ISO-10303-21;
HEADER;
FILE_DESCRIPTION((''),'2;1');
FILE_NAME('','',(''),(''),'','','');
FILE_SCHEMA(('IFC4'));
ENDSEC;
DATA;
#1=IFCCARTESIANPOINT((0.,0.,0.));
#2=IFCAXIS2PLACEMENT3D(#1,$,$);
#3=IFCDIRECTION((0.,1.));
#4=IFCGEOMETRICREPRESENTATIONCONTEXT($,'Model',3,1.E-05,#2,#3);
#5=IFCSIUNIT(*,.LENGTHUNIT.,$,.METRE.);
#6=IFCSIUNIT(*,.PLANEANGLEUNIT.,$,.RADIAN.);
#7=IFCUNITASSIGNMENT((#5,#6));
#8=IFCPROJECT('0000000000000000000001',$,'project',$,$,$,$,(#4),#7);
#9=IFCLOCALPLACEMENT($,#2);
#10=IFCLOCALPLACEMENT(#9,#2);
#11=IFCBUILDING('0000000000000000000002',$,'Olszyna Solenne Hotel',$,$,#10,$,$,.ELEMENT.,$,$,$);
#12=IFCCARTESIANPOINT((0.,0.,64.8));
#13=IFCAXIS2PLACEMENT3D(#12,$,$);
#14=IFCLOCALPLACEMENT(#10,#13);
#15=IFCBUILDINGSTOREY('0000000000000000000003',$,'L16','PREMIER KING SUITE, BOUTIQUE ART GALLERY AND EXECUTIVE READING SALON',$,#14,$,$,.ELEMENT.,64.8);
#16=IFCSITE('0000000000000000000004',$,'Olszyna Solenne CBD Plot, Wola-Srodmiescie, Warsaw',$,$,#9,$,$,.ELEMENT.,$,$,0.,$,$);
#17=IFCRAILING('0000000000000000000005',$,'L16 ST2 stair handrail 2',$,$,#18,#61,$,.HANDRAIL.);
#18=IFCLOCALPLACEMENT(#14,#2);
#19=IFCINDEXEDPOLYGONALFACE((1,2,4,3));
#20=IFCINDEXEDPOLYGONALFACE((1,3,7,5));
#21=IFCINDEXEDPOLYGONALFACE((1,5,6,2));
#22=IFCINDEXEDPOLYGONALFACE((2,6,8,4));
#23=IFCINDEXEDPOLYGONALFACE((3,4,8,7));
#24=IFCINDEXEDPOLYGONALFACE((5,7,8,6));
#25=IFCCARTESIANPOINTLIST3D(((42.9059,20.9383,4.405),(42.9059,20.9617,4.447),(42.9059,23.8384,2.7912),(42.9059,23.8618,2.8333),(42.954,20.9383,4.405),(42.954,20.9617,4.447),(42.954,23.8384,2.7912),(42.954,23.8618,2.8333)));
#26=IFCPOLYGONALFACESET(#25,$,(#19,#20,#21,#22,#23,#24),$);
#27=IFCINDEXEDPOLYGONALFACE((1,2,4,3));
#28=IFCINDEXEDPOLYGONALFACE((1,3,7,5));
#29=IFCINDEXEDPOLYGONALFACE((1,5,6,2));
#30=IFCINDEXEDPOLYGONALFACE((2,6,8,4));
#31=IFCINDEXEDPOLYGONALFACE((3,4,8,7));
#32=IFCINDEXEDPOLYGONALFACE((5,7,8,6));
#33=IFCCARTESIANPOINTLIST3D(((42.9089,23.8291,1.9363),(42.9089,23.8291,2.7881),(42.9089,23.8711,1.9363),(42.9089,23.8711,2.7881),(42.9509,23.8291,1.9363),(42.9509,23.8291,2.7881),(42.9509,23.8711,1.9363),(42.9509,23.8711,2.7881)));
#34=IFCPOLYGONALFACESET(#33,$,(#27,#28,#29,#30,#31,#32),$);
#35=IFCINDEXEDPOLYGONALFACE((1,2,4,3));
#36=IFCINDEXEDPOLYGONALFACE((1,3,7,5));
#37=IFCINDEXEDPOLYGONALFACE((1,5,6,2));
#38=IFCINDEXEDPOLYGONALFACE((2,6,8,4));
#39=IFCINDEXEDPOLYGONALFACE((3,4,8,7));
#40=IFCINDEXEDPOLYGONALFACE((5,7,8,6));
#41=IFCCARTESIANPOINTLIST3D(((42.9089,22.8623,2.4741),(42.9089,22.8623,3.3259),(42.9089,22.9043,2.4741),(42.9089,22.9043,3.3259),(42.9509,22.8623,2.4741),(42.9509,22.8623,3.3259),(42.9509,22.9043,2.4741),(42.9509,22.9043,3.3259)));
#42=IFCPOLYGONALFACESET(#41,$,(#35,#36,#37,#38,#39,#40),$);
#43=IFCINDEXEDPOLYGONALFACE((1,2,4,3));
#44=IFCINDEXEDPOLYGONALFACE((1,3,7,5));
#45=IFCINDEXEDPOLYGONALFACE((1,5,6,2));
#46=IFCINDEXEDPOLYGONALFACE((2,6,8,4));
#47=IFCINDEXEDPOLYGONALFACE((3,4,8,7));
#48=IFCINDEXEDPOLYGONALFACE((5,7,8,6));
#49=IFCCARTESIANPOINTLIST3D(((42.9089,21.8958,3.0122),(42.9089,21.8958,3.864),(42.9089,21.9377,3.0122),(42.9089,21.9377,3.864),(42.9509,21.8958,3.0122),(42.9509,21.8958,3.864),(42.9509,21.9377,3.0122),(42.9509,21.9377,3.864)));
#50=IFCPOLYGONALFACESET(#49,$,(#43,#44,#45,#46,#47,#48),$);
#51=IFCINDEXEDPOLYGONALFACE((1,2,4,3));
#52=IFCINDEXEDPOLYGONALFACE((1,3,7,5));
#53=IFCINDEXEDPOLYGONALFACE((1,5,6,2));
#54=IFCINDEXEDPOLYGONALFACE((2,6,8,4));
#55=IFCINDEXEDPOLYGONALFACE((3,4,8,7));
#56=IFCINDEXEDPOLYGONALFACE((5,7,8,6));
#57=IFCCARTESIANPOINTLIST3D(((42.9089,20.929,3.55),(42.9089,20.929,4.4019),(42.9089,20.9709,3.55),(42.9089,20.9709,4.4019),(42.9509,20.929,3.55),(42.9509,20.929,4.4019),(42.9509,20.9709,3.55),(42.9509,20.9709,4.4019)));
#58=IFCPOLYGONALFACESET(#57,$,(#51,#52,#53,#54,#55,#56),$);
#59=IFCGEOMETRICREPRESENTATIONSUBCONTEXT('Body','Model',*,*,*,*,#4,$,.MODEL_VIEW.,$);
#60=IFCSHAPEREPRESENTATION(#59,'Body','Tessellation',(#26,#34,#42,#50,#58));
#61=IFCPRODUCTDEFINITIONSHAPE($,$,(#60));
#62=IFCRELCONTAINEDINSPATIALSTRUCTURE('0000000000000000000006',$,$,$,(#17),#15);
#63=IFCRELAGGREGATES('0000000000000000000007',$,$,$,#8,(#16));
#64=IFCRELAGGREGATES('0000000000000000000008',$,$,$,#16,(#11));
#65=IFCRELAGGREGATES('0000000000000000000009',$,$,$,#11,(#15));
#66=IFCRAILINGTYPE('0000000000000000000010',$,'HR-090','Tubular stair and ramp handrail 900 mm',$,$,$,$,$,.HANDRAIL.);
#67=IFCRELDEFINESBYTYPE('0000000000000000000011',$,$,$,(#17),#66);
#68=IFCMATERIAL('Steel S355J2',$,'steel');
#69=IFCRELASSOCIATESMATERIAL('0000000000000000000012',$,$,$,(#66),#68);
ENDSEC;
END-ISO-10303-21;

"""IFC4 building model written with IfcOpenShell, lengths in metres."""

from ifc_helpers import new_model, si_unit, direction, frame, origin, origin_2d, place, context, subcontext, project, spatial, rectangle, extrude, material, type_object, element, save


model = new_model("IFC4")

# Units and contexts
model_context = context("Model", 3, precision=1e-05, world=origin(), true_north=direction((0.0, 1.0)))
body_context = subcontext(model_context, "Body", "Model", "MODEL_VIEW")
ifc_project = project(units=[si_unit("LENGTHUNIT", "METRE"), si_unit("PLANEANGLEUNIT", "RADIAN")], contexts=[model_context])

# Site, building, storey
site_placement = place(None, origin())
site = spatial("IfcSite", under=ifc_project, at=site_placement, Name="Olszyna Solenne CBD Plot, Wola-Srodmiescie, Warsaw", CompositionType="ELEMENT", RefElevation=0.0)
building_placement = place(site_placement, origin())
building = spatial("IfcBuilding", under=site, at=building_placement, Name="Olszyna Solenne Hotel", CompositionType="ELEMENT")
storey_placement = place(building_placement, frame((0.0, 0.0, 64.8)))
storey = spatial("IfcBuildingStorey", under=building, at=storey_placement, Name="L16", Description="PREMIER KING SUITE, BOUTIQUE ART GALLERY AND EXECUTIVE READING SALON", CompositionType="ELEMENT", Elevation=64.8)

# Shared definitions
ifc_material_1 = material(Name="Steel S355J2", Category="steel")

# Railing
railing_type_1 = type_object("IfcRailingType", Name="HR-090", Description="Tubular stair and ramp handrail 900 mm", PredefinedType="HANDRAIL", material=ifc_material_1)
railing_1_placement = place(storey_placement, frame((42.9299, 23.8501, 1.9363)))
element("IfcRailing", 1, at=railing_1_placement, inside=storey, type_object=railing_type_1, Name="L16 ST2 stair handrail 2", PredefinedType="HANDRAIL", context=body_context, shape_type="SweptSolid", body=[
    extrude(rectangle(XDim=0.0481, YDim=0.0481, at=origin_2d()), frame((0.0, 0.0, 0.876), z_axis=(0.0, -0.873827, 0.486236), x_axis=(1.0, 0.0, 0.0)), (0.0, 0.0, 1.0), 3.3188),
    extrude(rectangle(XDim=0.042, YDim=0.042, at=origin_2d()), origin(), (0.0, 0.0, 1.0), 0.8518),
    extrude(rectangle(XDim=0.042, YDim=0.042, at=origin_2d()), frame((0.0, -0.9668, 0.5378)), (0.0, 0.0, 1.0), 0.8518),
    extrude(rectangle(XDim=0.042, YDim=0.042, at=origin_2d()), frame((0.0, -1.9333, 1.0759)), (0.0, 0.0, 1.0), 0.8518),
    extrude(rectangle(XDim=0.042, YDim=0.042, at=origin_2d()), frame((0.0, -2.9001, 1.6138)), (0.0, 0.0, 1.0), 0.8518),
])

save(model, "model.ifc")
